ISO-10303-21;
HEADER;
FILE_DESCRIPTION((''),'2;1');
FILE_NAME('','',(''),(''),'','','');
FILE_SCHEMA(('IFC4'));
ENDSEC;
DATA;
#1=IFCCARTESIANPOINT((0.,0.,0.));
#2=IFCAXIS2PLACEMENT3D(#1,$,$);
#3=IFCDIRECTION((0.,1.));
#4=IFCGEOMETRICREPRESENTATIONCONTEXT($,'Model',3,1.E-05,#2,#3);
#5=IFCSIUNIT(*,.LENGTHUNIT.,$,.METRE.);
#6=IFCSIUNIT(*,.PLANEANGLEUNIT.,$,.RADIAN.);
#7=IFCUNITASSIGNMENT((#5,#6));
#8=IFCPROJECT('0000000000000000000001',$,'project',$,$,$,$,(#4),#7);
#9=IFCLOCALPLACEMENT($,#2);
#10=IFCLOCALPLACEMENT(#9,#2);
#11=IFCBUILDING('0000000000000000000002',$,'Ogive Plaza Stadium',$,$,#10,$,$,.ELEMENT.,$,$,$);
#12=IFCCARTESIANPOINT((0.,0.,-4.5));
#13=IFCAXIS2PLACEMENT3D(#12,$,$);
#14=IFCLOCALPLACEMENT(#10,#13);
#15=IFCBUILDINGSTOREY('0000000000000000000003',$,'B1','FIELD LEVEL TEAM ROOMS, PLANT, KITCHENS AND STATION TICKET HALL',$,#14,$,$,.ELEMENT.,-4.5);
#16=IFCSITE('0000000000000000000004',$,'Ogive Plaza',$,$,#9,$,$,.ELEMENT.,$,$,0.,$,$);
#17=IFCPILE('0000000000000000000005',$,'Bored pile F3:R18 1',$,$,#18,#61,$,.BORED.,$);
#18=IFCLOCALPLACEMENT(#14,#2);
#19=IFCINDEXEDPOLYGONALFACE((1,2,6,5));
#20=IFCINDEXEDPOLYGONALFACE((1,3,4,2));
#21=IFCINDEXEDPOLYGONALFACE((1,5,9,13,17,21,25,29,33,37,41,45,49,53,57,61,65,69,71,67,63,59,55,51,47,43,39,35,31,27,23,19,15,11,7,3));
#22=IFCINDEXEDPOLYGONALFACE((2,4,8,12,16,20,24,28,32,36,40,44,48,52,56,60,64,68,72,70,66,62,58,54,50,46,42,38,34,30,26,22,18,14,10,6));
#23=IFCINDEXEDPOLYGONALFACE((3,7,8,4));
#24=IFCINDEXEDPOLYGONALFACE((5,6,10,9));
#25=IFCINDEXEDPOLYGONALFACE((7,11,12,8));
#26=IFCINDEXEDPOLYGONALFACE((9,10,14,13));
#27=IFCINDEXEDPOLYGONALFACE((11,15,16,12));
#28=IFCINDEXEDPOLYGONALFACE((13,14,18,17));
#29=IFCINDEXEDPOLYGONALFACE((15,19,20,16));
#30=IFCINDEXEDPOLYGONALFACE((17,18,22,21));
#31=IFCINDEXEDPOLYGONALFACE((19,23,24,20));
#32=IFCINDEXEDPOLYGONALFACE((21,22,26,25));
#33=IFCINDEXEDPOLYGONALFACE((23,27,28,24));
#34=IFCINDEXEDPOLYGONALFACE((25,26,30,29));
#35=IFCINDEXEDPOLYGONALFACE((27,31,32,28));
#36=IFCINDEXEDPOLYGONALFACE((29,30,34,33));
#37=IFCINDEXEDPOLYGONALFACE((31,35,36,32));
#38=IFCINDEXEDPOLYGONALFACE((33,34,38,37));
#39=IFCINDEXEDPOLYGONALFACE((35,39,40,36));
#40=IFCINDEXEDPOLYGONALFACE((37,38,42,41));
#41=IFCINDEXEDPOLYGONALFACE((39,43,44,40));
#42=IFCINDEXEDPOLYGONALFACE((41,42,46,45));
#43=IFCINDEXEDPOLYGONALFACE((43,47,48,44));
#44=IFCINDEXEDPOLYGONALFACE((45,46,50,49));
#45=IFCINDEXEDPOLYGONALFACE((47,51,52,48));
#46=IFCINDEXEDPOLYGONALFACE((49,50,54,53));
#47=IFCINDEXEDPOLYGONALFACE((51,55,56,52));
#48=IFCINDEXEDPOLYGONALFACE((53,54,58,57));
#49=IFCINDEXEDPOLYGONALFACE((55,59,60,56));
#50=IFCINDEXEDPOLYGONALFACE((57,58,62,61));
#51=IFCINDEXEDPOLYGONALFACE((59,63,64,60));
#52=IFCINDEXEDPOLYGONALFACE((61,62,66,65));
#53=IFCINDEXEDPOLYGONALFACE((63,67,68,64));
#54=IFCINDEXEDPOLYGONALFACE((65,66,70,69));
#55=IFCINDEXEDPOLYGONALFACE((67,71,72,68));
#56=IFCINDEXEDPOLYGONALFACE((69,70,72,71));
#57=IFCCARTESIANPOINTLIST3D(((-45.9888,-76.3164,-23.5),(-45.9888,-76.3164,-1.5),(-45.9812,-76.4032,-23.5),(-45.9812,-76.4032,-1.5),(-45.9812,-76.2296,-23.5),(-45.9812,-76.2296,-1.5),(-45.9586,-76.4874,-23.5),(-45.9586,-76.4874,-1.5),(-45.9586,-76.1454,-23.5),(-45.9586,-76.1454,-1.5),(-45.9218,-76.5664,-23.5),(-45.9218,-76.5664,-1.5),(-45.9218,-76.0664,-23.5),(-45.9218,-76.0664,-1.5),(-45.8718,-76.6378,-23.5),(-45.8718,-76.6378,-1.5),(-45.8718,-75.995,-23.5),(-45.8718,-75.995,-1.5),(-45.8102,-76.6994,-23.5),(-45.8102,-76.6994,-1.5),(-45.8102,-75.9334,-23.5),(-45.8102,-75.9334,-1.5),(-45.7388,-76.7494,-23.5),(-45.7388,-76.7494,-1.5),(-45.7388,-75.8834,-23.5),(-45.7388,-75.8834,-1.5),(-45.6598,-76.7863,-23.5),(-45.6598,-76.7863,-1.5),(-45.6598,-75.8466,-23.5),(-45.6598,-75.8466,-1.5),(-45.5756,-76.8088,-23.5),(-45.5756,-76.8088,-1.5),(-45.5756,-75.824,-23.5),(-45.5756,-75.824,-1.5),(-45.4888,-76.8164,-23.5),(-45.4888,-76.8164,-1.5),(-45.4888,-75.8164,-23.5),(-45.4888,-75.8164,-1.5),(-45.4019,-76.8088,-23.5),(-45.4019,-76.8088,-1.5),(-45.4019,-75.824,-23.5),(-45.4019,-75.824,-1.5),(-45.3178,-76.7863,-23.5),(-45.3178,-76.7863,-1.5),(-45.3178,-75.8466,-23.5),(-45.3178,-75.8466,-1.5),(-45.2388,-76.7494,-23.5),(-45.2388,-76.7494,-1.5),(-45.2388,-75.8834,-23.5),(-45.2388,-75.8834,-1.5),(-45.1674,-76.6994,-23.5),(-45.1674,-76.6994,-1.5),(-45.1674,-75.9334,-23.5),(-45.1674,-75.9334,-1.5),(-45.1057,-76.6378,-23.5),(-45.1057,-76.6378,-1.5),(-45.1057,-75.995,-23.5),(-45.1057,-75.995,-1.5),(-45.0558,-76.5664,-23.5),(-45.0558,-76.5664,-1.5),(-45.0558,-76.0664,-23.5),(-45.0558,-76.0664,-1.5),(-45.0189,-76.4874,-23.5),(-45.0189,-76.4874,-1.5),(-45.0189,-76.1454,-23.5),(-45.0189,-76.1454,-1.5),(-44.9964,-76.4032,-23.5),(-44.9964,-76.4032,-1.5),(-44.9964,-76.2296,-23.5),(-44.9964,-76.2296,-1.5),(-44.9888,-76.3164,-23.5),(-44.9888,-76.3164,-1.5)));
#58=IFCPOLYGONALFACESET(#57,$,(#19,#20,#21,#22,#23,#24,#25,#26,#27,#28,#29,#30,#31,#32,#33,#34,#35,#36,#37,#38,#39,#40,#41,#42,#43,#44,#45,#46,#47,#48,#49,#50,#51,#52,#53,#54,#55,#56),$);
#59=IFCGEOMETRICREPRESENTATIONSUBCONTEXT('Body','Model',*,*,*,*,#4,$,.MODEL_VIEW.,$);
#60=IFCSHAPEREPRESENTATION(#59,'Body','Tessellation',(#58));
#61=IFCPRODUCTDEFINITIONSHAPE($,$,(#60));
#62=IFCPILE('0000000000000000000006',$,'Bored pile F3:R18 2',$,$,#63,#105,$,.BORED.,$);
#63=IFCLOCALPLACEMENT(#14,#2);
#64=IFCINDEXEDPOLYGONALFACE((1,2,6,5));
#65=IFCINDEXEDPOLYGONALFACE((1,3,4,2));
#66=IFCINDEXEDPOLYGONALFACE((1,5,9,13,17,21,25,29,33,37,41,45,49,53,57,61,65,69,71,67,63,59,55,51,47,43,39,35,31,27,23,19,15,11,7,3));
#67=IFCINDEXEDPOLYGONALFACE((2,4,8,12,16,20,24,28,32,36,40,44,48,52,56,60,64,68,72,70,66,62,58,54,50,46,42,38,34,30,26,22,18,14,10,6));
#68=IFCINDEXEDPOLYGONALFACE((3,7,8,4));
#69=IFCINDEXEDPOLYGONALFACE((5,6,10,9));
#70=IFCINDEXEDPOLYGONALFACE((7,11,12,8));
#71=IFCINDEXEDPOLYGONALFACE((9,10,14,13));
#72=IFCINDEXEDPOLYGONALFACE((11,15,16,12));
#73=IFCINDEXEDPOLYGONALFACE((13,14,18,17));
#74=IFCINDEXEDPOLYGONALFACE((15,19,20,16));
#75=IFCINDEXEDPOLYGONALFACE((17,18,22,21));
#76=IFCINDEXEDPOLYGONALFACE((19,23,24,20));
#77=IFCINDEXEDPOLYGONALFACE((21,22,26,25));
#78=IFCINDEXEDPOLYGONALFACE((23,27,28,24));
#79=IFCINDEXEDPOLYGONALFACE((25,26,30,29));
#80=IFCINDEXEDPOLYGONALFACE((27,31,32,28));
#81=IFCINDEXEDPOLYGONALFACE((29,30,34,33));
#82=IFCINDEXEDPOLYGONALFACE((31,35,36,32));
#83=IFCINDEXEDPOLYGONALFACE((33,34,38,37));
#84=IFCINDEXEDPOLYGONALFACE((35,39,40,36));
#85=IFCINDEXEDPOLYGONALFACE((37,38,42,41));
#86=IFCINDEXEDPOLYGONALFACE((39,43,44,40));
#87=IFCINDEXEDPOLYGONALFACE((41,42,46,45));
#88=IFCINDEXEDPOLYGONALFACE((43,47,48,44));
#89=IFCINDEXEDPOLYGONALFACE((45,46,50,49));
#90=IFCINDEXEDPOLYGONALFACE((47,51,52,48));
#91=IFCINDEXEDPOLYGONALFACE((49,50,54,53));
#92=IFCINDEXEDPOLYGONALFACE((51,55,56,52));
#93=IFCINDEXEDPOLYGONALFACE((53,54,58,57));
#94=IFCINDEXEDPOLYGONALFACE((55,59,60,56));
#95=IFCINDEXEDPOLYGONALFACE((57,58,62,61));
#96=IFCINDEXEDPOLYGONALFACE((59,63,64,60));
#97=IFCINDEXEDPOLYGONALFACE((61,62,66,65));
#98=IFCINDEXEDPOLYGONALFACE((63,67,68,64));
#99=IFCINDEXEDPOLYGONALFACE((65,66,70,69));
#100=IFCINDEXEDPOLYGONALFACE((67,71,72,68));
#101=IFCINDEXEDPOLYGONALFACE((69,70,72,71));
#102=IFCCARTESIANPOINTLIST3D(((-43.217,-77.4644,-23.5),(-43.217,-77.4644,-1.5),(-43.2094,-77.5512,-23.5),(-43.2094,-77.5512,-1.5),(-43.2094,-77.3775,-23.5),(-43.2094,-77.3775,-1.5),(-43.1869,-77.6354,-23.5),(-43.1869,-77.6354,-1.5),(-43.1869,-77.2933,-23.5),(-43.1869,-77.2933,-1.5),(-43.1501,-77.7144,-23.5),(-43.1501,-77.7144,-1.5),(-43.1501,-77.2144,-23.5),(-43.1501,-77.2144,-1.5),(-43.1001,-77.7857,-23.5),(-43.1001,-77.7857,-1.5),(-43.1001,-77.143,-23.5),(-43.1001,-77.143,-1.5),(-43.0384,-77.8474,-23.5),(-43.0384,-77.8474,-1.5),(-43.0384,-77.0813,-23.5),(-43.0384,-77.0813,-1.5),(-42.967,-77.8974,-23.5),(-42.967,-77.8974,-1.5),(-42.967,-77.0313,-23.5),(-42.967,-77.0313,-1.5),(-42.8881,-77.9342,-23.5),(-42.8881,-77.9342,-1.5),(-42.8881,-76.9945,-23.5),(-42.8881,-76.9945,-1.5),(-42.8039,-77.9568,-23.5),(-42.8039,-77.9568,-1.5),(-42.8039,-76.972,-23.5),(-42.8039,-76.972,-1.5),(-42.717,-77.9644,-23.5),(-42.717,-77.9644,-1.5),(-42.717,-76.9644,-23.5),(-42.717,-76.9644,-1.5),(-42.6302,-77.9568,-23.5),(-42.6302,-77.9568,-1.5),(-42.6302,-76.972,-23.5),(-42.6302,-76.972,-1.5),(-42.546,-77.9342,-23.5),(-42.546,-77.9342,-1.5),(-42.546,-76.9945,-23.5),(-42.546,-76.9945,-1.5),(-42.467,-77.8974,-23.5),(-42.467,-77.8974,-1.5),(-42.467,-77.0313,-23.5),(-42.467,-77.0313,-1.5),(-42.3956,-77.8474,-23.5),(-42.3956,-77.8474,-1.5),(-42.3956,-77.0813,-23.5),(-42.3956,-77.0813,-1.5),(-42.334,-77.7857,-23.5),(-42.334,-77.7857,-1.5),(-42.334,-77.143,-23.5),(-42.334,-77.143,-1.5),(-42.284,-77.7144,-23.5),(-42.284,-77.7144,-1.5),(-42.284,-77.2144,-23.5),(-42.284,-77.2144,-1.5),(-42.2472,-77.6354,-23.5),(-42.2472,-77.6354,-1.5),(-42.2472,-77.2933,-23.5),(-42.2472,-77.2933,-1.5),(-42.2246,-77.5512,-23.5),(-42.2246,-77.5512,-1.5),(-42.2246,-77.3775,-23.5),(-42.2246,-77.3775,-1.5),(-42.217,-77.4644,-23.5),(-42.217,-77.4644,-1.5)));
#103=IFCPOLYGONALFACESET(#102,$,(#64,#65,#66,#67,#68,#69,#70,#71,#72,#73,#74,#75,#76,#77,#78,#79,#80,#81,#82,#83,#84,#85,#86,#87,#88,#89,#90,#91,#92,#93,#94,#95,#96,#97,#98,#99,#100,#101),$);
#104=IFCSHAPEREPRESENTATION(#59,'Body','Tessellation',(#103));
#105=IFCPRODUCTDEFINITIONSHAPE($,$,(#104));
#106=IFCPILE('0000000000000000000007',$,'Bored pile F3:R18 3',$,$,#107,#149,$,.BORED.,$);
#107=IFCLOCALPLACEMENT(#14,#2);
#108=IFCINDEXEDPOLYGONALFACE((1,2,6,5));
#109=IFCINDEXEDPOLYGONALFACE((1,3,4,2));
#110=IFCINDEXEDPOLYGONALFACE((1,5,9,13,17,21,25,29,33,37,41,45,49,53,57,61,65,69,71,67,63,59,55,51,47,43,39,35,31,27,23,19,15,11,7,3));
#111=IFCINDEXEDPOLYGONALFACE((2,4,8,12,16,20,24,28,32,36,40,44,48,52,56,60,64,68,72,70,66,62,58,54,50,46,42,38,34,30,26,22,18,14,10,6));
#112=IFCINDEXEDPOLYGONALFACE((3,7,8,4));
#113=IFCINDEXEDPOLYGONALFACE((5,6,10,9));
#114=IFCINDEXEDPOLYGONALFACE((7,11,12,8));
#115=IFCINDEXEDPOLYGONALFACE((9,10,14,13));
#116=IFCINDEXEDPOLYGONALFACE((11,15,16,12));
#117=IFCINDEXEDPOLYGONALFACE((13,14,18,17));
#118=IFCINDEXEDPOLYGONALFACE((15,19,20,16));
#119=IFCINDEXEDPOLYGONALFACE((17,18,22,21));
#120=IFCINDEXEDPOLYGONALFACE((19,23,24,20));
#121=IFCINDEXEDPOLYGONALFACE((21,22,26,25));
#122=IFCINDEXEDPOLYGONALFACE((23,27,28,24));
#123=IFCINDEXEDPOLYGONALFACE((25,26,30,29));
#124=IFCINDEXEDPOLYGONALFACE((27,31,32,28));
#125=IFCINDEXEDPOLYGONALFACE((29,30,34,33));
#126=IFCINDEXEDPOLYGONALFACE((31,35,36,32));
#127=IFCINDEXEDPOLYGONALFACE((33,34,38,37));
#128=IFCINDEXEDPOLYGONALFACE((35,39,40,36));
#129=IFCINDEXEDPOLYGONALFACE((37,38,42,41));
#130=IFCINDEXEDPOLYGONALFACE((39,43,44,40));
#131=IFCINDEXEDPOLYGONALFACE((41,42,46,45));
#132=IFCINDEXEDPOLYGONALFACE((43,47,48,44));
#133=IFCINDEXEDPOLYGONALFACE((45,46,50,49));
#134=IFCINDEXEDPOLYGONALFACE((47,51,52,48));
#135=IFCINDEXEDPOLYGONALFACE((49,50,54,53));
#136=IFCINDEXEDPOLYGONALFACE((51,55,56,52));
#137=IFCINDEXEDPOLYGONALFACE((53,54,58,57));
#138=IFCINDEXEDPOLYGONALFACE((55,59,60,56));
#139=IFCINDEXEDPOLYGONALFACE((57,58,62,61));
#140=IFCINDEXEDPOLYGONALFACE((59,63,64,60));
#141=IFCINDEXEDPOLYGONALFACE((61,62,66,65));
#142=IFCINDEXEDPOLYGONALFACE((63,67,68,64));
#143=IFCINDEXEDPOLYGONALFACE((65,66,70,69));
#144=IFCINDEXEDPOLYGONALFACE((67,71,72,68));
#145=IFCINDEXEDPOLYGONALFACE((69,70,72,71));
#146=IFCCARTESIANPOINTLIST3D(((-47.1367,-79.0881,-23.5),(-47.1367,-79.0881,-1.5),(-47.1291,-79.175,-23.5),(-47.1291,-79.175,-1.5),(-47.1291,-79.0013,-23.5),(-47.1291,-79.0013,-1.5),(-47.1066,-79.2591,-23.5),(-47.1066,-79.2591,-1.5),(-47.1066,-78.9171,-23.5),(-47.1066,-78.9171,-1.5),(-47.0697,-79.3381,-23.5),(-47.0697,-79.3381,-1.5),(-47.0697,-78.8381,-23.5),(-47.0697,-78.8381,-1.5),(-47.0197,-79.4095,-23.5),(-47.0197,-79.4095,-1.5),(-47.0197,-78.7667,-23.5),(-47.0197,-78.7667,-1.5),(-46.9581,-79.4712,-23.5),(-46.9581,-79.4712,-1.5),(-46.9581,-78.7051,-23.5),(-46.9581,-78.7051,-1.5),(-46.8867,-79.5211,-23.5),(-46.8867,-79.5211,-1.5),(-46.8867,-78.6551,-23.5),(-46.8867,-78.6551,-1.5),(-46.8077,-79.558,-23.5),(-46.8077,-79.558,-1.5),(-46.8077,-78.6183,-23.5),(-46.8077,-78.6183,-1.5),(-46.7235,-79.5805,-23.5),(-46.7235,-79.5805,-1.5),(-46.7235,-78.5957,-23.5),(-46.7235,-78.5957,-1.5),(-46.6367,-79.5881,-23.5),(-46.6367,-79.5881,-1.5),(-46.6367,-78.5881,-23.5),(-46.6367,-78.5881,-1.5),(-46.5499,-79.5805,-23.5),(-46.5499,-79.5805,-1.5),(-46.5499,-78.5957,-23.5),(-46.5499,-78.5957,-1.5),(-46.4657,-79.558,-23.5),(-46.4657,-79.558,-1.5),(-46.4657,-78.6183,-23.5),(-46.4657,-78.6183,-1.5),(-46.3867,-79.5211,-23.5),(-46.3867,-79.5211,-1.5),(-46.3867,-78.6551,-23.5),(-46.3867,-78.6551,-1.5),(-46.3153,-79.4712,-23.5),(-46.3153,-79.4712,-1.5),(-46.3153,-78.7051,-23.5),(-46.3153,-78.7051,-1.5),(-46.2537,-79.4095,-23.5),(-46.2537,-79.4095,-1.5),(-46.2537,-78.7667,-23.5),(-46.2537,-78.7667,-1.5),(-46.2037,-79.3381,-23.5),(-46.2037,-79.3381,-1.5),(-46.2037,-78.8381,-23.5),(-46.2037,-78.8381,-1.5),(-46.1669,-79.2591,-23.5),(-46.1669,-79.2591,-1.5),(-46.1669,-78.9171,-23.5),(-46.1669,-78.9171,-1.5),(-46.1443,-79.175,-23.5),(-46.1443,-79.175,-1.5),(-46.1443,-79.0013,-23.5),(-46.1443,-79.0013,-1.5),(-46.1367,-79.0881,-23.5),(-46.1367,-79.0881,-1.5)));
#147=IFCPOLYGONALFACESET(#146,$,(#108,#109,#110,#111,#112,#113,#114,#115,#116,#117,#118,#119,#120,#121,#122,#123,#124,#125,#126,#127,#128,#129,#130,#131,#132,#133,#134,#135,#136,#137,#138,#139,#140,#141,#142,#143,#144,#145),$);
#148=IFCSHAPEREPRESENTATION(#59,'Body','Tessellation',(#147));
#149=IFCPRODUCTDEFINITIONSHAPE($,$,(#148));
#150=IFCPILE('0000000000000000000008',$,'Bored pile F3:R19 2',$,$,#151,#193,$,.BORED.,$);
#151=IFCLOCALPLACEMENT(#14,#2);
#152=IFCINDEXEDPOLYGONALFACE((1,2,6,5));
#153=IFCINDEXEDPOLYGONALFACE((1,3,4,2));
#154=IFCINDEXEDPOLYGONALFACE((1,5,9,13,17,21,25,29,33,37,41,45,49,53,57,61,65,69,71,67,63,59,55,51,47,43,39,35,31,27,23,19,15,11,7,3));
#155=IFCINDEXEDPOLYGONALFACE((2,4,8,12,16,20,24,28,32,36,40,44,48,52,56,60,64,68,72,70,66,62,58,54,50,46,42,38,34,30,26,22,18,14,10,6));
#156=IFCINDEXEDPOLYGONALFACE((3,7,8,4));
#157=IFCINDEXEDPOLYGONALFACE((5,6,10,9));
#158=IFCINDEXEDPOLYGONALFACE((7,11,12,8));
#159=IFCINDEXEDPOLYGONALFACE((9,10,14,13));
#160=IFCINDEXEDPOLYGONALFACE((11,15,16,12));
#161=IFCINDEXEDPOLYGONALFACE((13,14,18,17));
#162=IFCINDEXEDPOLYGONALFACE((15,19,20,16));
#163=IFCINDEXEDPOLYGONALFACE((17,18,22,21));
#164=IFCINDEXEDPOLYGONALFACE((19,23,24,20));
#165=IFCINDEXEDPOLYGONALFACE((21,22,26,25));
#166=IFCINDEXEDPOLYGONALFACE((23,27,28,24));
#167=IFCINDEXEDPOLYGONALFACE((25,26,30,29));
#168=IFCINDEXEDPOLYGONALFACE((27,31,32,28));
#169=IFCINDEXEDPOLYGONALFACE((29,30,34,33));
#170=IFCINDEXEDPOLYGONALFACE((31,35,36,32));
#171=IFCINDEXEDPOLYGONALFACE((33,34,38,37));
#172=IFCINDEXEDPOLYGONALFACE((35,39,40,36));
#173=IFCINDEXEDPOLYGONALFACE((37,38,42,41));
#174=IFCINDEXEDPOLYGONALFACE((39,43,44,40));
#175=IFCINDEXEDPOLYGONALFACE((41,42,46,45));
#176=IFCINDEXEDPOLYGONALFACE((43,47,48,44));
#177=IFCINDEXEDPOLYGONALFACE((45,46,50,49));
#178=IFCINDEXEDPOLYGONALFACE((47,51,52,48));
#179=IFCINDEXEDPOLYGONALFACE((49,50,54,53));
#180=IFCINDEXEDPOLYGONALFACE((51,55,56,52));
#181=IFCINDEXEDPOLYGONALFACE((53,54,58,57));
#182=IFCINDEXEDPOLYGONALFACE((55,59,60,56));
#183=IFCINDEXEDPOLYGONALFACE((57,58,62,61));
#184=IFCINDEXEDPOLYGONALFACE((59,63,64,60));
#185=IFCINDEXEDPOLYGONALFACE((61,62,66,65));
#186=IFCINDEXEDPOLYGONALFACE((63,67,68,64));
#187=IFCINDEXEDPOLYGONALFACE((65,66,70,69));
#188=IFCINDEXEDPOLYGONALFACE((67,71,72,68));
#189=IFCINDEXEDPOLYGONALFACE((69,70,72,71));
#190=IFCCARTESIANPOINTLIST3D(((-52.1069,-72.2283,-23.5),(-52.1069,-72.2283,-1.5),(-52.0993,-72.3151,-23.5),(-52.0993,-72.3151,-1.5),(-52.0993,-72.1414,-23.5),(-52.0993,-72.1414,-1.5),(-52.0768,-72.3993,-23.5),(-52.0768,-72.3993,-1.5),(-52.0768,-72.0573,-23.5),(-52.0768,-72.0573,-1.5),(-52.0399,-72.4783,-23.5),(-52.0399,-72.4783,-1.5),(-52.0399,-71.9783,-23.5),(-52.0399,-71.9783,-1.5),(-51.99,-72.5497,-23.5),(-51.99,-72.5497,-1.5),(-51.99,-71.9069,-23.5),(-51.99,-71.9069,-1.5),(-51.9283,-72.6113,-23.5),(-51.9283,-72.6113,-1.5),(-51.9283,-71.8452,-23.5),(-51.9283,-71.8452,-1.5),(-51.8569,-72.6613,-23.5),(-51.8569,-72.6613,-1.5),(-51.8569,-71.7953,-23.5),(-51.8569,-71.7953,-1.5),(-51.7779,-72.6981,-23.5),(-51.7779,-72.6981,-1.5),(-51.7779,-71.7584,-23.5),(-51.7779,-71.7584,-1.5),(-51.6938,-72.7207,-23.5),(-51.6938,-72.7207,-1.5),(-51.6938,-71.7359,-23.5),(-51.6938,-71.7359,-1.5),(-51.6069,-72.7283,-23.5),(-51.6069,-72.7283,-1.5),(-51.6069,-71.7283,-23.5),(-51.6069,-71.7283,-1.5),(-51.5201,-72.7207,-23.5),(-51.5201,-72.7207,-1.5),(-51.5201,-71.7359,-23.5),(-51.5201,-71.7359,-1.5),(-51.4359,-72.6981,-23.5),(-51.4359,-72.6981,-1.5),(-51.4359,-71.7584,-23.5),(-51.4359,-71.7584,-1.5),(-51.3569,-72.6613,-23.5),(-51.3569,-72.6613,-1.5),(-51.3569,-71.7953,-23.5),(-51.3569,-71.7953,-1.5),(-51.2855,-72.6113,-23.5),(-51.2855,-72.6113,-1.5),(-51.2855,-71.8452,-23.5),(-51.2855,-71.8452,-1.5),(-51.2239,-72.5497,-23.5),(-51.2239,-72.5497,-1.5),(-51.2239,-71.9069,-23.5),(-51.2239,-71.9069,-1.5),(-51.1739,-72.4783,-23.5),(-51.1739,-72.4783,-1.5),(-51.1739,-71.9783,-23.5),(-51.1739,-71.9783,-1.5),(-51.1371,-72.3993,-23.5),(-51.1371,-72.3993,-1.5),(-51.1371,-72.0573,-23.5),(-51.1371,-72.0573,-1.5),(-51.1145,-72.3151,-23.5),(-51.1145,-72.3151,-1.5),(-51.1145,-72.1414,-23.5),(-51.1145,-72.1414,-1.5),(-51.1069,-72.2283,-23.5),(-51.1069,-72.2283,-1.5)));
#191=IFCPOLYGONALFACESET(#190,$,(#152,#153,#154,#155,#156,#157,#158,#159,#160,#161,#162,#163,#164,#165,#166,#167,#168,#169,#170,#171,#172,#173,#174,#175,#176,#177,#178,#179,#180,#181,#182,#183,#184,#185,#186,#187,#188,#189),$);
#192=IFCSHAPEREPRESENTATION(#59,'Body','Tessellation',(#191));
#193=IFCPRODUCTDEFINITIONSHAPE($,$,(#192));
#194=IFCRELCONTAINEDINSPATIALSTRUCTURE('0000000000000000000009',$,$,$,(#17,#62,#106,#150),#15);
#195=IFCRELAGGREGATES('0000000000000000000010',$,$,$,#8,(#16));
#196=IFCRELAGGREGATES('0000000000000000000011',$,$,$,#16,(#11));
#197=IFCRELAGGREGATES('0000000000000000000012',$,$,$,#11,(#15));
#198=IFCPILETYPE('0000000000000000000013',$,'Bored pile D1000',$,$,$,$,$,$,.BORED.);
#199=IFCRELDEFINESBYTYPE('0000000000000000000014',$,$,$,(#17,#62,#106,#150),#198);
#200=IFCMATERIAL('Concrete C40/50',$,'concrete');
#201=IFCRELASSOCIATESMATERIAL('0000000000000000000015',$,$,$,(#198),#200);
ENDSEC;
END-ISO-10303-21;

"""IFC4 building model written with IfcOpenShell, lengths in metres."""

from ifc_helpers import new_model, si_unit, direction, frame, origin, origin_2d, place, context, subcontext, project, spatial, circle, extrude, material, material_profile, profile_set, type_object, element, save


model = new_model("IFC4")

# Units and contexts
model_context = context("Model", 3, precision=1e-05, world=origin(), true_north=direction((0.0, 1.0)))
body_context = subcontext(model_context, "Body", "Model", "MODEL_VIEW")
ifc_project = project(units=[si_unit("LENGTHUNIT", "METRE"), si_unit("PLANEANGLEUNIT", "RADIAN")], contexts=[model_context])

# Site, building, storey
site_placement = place(None, origin())
site = spatial("IfcSite", under=ifc_project, at=site_placement, Name="Ogive Plaza", CompositionType="ELEMENT", RefElevation=0.0)
building_placement = place(site_placement, origin())
building = spatial("IfcBuilding", under=site, at=building_placement, Name="Ogive Plaza Stadium", CompositionType="ELEMENT")
storey_placement = place(building_placement, frame((0.0, 0.0, -4.5)))
storey = spatial("IfcBuildingStorey", under=building, at=storey_placement, Name="B1", Description="FIELD LEVEL TEAM ROOMS, PLANT, KITCHENS AND STATION TICKET HALL", CompositionType="ELEMENT", Elevation=-4.5)

# Piles
ifc_material_1 = material(Name="Concrete C40/50", Category="concrete")
ifc_material_profile_1 = material_profile(ifc_material_1, circle(Radius=0.5, at=origin_2d()), Name="RC D1000")
ifc_profile_set_1 = profile_set([ifc_material_profile_1], Name="Concrete C40/50")
pile_type = type_object("IfcPileType", Name="Bored pile D1000", PredefinedType="BORED", material=ifc_profile_set_1)
for number, where, z_axis, x_axis, name in (
    (1, (-45.4888, -76.3164, -1.5), (0.0, 0.0, -1.0), (1.0, 0.0, 0.0), "Bored pile F3:R18 1"),
    (2, (-42.717, -77.4644, -1.5), (0.0, 0.0, -1.0), (1.0, 0.0, 0.0), "Bored pile F3:R18 2"),
    (3, (-46.6367, -79.0881, -1.5), (0.0, 0.0, -1.0), (1.0, 0.0, 0.0), "Bored pile F3:R18 3"),
    (4, (-51.6069, -72.2283, -1.5), (0.0, 0.0, -1.0), (1.0, 0.0, 0.0), "Bored pile F3:R19 2"),
):
    element("IfcPile", number, at=place(storey_placement, frame(where, z_axis=z_axis, x_axis=x_axis)), inside=storey, type_object=pile_type, Name=name, PredefinedType="BORED", context=body_context, shape_type="SweptSolid", body=[
        extrude(circle(Radius=0.5, at=origin_2d()), origin(), (0.0, 0.0, 1.0), 22.0),
    ])

save(model, "model.ifc")
